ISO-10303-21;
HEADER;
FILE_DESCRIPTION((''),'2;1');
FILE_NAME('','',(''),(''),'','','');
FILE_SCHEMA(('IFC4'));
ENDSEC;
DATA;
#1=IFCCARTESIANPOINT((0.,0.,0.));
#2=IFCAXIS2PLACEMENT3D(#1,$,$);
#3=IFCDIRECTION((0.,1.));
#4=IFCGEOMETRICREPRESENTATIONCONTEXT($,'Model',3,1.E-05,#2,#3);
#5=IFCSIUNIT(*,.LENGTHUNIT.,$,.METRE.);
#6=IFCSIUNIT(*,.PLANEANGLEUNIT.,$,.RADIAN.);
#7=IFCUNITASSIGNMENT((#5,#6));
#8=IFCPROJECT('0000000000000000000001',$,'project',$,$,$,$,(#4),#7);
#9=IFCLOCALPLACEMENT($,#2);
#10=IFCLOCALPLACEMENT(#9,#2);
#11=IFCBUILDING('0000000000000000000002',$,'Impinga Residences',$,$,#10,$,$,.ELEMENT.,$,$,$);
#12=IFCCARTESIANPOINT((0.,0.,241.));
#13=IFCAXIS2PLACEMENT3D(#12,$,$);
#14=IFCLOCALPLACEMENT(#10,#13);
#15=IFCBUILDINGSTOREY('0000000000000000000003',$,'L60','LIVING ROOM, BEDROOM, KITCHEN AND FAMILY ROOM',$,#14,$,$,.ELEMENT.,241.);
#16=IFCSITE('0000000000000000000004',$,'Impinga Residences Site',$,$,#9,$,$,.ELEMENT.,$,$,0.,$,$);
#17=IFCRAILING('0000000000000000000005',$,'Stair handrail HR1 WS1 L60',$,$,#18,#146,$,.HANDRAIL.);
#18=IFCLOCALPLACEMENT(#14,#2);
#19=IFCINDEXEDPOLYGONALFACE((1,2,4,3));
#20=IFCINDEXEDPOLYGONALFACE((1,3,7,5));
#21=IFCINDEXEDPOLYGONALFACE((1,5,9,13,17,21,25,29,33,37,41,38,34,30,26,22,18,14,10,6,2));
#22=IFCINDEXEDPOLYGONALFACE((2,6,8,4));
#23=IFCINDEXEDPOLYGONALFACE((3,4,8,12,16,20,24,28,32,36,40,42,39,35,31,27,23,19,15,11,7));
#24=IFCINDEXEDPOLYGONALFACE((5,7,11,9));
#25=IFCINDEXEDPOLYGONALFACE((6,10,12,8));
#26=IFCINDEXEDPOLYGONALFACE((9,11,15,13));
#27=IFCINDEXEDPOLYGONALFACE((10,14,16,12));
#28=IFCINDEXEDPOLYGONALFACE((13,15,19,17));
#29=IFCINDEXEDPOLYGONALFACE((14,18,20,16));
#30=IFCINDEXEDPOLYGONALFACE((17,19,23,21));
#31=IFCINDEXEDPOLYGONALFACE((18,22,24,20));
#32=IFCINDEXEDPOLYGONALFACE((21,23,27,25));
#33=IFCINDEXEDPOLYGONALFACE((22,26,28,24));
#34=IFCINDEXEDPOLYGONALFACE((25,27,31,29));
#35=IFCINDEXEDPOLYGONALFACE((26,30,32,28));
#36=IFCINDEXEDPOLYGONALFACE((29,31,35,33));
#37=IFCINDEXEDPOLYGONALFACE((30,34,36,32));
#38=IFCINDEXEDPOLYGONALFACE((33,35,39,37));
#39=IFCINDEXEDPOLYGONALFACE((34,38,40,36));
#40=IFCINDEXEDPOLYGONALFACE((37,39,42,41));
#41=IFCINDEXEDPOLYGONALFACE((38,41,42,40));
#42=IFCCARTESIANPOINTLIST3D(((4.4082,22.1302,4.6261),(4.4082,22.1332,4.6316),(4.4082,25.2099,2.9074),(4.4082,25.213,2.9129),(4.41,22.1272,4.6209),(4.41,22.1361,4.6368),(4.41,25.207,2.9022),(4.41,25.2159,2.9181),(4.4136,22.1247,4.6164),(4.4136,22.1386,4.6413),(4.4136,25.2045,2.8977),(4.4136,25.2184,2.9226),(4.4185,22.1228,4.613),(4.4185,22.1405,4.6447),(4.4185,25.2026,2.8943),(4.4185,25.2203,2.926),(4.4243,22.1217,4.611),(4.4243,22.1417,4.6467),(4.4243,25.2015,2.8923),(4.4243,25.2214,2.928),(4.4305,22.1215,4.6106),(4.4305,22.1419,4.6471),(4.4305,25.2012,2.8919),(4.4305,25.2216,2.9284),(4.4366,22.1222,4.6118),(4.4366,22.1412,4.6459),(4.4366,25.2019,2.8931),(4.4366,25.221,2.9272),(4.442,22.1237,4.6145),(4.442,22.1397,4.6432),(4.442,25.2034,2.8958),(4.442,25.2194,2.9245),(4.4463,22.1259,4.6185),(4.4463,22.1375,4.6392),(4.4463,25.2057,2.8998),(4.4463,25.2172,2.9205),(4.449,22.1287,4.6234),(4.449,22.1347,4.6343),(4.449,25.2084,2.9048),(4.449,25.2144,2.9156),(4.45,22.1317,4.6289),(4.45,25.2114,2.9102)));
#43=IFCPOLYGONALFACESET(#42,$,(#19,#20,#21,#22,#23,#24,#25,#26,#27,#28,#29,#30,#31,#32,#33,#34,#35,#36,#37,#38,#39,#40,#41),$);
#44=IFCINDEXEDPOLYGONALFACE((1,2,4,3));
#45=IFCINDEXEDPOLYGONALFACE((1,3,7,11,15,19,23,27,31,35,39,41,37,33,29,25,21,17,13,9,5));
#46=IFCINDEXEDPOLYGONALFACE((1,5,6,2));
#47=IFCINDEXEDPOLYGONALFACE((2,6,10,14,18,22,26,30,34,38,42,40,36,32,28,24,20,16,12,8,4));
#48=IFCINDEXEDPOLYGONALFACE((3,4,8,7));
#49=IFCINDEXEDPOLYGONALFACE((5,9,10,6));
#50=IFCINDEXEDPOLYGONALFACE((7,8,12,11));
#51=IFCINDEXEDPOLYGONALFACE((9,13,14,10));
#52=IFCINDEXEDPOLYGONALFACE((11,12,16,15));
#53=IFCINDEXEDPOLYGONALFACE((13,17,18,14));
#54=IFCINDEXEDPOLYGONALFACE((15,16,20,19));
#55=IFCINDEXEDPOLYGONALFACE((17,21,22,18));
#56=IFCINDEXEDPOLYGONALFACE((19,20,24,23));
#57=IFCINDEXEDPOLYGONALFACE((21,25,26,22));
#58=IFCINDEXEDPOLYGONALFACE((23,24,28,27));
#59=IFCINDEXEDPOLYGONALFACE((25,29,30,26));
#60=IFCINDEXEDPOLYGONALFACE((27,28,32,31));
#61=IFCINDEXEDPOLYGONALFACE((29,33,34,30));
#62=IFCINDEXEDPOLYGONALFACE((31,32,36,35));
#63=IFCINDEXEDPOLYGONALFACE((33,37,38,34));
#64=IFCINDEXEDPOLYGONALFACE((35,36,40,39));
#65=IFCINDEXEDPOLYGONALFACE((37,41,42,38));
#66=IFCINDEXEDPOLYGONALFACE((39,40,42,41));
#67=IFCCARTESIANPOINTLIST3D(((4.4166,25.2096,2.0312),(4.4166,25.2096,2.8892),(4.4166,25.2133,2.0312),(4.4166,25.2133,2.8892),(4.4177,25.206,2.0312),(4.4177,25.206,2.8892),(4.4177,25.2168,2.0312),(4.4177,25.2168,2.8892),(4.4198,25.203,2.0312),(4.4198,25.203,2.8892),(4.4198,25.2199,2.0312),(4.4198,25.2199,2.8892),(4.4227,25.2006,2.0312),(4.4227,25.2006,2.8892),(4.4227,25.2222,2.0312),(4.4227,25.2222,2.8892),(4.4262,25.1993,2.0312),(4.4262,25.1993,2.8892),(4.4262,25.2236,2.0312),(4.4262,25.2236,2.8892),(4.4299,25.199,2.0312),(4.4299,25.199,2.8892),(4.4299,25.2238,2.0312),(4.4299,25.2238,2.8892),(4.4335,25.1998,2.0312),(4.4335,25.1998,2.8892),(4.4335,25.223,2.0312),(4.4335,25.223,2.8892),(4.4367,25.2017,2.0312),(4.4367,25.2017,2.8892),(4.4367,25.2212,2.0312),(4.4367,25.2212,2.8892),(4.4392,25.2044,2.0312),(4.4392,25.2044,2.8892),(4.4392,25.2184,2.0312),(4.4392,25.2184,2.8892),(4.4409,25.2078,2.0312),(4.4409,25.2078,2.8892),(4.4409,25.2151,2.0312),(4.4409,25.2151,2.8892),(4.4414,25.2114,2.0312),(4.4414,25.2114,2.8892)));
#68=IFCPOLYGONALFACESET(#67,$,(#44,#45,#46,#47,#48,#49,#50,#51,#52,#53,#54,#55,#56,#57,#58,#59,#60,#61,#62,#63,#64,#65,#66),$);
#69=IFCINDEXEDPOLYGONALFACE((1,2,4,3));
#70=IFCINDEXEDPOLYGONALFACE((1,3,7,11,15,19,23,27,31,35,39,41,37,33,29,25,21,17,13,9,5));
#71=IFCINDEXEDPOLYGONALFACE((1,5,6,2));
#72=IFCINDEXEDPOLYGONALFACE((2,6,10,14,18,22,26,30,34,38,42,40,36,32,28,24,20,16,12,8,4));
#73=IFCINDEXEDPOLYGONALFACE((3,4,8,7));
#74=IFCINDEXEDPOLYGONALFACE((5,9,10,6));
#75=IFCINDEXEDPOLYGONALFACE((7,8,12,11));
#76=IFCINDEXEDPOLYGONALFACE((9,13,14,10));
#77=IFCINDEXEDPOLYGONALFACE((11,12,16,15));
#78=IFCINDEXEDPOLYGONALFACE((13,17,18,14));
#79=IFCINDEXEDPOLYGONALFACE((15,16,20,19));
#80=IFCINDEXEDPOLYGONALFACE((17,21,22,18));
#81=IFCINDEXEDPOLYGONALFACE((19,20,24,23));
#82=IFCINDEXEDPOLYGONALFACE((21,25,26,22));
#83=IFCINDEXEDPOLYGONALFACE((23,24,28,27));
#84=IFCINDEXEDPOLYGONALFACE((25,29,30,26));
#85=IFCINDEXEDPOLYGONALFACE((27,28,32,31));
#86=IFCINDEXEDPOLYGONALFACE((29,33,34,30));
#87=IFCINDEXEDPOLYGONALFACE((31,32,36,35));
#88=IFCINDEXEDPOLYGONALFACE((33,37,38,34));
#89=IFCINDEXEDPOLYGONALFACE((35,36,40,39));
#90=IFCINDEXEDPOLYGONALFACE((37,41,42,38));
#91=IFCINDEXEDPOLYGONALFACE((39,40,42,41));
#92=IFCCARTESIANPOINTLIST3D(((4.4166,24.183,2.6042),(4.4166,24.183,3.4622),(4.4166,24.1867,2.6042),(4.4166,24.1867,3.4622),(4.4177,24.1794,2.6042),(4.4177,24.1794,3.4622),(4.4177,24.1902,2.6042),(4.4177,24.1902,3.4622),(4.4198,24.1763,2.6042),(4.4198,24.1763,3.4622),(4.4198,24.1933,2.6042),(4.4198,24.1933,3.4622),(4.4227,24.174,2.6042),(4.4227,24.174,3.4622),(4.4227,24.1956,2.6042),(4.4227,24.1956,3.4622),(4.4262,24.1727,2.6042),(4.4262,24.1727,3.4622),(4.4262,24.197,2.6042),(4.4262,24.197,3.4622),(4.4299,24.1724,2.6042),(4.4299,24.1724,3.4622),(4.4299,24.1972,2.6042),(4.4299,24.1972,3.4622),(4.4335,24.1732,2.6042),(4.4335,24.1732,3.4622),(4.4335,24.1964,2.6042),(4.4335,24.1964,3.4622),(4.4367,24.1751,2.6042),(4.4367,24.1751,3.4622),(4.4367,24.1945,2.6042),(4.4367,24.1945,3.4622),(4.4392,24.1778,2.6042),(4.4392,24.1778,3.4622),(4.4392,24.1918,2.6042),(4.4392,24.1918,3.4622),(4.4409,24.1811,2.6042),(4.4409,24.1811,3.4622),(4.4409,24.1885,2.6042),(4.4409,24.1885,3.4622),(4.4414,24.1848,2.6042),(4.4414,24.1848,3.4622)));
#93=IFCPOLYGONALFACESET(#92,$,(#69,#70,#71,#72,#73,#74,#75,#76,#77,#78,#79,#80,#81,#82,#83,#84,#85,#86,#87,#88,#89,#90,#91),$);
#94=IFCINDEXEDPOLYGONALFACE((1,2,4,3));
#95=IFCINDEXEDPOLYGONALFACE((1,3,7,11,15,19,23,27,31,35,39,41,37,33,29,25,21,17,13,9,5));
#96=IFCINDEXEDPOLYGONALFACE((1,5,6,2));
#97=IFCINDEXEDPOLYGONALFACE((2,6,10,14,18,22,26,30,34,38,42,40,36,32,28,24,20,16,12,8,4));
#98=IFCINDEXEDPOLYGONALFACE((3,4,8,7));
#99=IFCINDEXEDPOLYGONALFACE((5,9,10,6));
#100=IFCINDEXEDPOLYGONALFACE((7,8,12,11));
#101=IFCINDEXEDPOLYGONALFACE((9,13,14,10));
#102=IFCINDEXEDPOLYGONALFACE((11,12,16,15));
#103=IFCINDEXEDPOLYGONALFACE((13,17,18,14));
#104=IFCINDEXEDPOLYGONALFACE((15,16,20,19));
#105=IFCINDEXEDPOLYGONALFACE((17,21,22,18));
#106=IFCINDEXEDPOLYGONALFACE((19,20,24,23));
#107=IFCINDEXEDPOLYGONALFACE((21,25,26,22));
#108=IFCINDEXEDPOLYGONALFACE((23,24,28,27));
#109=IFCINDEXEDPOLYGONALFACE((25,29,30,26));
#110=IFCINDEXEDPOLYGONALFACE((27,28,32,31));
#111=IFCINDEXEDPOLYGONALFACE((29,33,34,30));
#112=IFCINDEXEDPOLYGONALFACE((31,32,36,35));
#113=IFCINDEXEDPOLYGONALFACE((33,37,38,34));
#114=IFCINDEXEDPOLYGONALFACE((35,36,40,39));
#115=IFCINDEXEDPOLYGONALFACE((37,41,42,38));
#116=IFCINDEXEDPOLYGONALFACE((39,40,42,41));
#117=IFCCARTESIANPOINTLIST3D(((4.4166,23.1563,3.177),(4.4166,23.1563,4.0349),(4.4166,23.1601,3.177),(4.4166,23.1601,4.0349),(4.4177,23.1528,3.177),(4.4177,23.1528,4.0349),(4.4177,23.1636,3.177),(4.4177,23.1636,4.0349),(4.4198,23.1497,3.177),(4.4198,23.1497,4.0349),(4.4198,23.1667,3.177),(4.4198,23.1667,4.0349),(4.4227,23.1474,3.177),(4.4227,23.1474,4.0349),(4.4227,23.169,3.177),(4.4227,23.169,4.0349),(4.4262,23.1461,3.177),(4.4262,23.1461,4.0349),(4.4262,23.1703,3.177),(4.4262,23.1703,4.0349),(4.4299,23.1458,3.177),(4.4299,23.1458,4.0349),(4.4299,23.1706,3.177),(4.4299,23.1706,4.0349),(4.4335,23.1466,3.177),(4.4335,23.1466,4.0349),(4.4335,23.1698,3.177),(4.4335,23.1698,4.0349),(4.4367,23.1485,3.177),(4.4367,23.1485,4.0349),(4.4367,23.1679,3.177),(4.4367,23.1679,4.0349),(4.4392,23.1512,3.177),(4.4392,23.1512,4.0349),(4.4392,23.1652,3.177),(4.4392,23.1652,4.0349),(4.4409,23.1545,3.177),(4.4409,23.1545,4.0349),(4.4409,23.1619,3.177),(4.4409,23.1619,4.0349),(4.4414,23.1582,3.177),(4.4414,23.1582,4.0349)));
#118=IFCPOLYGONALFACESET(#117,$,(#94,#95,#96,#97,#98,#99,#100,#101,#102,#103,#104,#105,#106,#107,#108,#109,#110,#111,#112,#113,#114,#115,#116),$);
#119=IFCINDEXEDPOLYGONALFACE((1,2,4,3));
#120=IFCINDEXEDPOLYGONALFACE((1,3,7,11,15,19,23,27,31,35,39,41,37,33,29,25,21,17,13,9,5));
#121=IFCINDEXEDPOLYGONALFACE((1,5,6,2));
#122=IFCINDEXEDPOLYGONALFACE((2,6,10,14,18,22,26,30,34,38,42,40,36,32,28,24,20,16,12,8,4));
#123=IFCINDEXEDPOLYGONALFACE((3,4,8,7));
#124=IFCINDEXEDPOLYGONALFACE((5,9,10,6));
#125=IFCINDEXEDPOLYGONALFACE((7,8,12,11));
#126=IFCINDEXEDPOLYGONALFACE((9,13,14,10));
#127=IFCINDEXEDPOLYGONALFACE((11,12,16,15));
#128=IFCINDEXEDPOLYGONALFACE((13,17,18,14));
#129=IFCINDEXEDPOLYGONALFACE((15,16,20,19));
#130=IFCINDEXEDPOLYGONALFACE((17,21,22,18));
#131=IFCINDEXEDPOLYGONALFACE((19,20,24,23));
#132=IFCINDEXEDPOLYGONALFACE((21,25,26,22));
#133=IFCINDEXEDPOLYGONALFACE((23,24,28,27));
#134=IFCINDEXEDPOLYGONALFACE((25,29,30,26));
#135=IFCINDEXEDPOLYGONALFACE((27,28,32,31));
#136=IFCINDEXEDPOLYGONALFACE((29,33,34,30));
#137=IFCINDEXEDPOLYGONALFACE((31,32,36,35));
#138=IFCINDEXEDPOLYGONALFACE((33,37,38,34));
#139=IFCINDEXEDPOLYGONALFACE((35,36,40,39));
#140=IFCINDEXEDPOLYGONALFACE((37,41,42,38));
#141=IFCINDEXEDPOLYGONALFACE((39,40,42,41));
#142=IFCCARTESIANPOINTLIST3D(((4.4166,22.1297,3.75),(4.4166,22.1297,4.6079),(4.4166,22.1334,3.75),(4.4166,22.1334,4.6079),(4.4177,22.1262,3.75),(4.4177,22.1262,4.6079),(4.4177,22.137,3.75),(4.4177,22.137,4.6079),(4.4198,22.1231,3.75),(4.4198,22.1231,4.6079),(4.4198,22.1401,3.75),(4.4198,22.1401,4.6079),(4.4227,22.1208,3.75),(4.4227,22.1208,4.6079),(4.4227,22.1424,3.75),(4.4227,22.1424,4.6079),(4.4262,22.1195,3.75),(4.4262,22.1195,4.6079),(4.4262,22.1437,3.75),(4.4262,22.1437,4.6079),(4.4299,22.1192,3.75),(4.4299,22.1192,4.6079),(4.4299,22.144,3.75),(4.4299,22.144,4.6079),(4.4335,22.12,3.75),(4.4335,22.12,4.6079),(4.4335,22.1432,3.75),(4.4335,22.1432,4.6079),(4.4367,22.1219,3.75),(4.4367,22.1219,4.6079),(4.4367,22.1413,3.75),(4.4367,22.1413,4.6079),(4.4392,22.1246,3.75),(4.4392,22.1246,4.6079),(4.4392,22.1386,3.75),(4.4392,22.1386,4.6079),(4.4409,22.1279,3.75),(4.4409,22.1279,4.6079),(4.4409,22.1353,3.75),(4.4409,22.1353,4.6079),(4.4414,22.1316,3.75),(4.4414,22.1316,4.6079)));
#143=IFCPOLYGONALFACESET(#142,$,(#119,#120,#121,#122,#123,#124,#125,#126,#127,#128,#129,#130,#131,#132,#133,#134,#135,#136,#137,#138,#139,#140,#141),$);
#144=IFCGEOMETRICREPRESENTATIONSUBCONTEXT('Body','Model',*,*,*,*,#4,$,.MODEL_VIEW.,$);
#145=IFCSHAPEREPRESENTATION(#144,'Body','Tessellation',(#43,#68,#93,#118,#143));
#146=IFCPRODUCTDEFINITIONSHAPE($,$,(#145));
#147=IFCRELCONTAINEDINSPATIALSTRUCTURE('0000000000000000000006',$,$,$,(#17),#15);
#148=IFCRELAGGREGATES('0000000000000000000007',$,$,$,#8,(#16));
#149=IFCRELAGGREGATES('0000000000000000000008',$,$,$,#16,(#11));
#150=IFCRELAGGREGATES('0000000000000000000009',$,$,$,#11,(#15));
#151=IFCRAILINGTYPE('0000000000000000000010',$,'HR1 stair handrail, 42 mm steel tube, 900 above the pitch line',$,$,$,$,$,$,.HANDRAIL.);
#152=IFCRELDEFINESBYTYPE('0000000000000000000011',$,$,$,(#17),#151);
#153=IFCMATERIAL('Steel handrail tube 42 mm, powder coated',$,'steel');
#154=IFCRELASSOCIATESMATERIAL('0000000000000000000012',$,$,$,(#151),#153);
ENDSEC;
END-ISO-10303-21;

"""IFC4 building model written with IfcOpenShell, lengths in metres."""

from ifc_helpers import new_model, si_unit, direction, frame, origin, origin_2d, place, context, subcontext, project, spatial, circle, extrude, material, type_object, element, save


model = new_model("IFC4")

# Units and contexts
model_context = context("Model", 3, precision=1e-05, world=origin(), true_north=direction((0.0, 1.0)))
body_context = subcontext(model_context, "Body", "Model", "MODEL_VIEW")
ifc_project = project(units=[si_unit("LENGTHUNIT", "METRE"), si_unit("PLANEANGLEUNIT", "RADIAN")], contexts=[model_context])

# Site, building, storey
site_placement = place(None, origin())
site = spatial("IfcSite", under=ifc_project, at=site_placement, Name="Impinga Residences Site", CompositionType="ELEMENT", RefElevation=0.0)
building_placement = place(site_placement, origin())
building = spatial("IfcBuilding", under=site, at=building_placement, Name="Impinga Residences", CompositionType="ELEMENT")
storey_placement = place(building_placement, frame((0.0, 0.0, 241.0)))
storey = spatial("IfcBuildingStorey", under=building, at=storey_placement, Name="L60", Description="LIVING ROOM, BEDROOM, KITCHEN AND FAMILY ROOM", CompositionType="ELEMENT", Elevation=241.0)

# Railing
ifc_material_1 = material(Name="Steel handrail tube 42 mm, powder coated", Category="steel")
railing_type_1 = type_object("IfcRailingType", Name="HR1 stair handrail, 42 mm steel tube, 900 above the pitch line", PredefinedType="HANDRAIL", material=ifc_material_1)
railing_1_placement = place(storey_placement, frame((4.429, 25.2114, 2.0312)))
element("IfcRailing", 1, at=railing_1_placement, inside=storey, type_object=railing_type_1, Name="Stair handrail HR1 WS1 L60", PredefinedType="HANDRAIL", context=body_context, shape_type="SweptSolid", body=[
    extrude(circle(Radius=0.021, at=origin_2d()), frame((0.0, 0.0, 0.8789), z_axis=(0.0, -0.873225, 0.487317), x_axis=(1.0, 0.0, 0.0)), (0.0, 0.0, 1.0), 3.5269),
    extrude(circle(Radius=0.0125, at=origin_2d()), origin(), (0.0, 0.0, 1.0), 0.8579),
    extrude(circle(Radius=0.0125, at=origin_2d()), frame((0.0, -1.0266, 0.573)), (0.0, 0.0, 1.0), 0.8579),
    extrude(circle(Radius=0.0125, at=origin_2d()), frame((0.0, -2.0532, 1.1458)), (0.0, 0.0, 1.0), 0.8579),
    extrude(circle(Radius=0.0125, at=origin_2d()), frame((0.0, -3.0798, 1.7188)), (0.0, 0.0, 1.0), 0.8579),
])

save(model, "model.ifc")
